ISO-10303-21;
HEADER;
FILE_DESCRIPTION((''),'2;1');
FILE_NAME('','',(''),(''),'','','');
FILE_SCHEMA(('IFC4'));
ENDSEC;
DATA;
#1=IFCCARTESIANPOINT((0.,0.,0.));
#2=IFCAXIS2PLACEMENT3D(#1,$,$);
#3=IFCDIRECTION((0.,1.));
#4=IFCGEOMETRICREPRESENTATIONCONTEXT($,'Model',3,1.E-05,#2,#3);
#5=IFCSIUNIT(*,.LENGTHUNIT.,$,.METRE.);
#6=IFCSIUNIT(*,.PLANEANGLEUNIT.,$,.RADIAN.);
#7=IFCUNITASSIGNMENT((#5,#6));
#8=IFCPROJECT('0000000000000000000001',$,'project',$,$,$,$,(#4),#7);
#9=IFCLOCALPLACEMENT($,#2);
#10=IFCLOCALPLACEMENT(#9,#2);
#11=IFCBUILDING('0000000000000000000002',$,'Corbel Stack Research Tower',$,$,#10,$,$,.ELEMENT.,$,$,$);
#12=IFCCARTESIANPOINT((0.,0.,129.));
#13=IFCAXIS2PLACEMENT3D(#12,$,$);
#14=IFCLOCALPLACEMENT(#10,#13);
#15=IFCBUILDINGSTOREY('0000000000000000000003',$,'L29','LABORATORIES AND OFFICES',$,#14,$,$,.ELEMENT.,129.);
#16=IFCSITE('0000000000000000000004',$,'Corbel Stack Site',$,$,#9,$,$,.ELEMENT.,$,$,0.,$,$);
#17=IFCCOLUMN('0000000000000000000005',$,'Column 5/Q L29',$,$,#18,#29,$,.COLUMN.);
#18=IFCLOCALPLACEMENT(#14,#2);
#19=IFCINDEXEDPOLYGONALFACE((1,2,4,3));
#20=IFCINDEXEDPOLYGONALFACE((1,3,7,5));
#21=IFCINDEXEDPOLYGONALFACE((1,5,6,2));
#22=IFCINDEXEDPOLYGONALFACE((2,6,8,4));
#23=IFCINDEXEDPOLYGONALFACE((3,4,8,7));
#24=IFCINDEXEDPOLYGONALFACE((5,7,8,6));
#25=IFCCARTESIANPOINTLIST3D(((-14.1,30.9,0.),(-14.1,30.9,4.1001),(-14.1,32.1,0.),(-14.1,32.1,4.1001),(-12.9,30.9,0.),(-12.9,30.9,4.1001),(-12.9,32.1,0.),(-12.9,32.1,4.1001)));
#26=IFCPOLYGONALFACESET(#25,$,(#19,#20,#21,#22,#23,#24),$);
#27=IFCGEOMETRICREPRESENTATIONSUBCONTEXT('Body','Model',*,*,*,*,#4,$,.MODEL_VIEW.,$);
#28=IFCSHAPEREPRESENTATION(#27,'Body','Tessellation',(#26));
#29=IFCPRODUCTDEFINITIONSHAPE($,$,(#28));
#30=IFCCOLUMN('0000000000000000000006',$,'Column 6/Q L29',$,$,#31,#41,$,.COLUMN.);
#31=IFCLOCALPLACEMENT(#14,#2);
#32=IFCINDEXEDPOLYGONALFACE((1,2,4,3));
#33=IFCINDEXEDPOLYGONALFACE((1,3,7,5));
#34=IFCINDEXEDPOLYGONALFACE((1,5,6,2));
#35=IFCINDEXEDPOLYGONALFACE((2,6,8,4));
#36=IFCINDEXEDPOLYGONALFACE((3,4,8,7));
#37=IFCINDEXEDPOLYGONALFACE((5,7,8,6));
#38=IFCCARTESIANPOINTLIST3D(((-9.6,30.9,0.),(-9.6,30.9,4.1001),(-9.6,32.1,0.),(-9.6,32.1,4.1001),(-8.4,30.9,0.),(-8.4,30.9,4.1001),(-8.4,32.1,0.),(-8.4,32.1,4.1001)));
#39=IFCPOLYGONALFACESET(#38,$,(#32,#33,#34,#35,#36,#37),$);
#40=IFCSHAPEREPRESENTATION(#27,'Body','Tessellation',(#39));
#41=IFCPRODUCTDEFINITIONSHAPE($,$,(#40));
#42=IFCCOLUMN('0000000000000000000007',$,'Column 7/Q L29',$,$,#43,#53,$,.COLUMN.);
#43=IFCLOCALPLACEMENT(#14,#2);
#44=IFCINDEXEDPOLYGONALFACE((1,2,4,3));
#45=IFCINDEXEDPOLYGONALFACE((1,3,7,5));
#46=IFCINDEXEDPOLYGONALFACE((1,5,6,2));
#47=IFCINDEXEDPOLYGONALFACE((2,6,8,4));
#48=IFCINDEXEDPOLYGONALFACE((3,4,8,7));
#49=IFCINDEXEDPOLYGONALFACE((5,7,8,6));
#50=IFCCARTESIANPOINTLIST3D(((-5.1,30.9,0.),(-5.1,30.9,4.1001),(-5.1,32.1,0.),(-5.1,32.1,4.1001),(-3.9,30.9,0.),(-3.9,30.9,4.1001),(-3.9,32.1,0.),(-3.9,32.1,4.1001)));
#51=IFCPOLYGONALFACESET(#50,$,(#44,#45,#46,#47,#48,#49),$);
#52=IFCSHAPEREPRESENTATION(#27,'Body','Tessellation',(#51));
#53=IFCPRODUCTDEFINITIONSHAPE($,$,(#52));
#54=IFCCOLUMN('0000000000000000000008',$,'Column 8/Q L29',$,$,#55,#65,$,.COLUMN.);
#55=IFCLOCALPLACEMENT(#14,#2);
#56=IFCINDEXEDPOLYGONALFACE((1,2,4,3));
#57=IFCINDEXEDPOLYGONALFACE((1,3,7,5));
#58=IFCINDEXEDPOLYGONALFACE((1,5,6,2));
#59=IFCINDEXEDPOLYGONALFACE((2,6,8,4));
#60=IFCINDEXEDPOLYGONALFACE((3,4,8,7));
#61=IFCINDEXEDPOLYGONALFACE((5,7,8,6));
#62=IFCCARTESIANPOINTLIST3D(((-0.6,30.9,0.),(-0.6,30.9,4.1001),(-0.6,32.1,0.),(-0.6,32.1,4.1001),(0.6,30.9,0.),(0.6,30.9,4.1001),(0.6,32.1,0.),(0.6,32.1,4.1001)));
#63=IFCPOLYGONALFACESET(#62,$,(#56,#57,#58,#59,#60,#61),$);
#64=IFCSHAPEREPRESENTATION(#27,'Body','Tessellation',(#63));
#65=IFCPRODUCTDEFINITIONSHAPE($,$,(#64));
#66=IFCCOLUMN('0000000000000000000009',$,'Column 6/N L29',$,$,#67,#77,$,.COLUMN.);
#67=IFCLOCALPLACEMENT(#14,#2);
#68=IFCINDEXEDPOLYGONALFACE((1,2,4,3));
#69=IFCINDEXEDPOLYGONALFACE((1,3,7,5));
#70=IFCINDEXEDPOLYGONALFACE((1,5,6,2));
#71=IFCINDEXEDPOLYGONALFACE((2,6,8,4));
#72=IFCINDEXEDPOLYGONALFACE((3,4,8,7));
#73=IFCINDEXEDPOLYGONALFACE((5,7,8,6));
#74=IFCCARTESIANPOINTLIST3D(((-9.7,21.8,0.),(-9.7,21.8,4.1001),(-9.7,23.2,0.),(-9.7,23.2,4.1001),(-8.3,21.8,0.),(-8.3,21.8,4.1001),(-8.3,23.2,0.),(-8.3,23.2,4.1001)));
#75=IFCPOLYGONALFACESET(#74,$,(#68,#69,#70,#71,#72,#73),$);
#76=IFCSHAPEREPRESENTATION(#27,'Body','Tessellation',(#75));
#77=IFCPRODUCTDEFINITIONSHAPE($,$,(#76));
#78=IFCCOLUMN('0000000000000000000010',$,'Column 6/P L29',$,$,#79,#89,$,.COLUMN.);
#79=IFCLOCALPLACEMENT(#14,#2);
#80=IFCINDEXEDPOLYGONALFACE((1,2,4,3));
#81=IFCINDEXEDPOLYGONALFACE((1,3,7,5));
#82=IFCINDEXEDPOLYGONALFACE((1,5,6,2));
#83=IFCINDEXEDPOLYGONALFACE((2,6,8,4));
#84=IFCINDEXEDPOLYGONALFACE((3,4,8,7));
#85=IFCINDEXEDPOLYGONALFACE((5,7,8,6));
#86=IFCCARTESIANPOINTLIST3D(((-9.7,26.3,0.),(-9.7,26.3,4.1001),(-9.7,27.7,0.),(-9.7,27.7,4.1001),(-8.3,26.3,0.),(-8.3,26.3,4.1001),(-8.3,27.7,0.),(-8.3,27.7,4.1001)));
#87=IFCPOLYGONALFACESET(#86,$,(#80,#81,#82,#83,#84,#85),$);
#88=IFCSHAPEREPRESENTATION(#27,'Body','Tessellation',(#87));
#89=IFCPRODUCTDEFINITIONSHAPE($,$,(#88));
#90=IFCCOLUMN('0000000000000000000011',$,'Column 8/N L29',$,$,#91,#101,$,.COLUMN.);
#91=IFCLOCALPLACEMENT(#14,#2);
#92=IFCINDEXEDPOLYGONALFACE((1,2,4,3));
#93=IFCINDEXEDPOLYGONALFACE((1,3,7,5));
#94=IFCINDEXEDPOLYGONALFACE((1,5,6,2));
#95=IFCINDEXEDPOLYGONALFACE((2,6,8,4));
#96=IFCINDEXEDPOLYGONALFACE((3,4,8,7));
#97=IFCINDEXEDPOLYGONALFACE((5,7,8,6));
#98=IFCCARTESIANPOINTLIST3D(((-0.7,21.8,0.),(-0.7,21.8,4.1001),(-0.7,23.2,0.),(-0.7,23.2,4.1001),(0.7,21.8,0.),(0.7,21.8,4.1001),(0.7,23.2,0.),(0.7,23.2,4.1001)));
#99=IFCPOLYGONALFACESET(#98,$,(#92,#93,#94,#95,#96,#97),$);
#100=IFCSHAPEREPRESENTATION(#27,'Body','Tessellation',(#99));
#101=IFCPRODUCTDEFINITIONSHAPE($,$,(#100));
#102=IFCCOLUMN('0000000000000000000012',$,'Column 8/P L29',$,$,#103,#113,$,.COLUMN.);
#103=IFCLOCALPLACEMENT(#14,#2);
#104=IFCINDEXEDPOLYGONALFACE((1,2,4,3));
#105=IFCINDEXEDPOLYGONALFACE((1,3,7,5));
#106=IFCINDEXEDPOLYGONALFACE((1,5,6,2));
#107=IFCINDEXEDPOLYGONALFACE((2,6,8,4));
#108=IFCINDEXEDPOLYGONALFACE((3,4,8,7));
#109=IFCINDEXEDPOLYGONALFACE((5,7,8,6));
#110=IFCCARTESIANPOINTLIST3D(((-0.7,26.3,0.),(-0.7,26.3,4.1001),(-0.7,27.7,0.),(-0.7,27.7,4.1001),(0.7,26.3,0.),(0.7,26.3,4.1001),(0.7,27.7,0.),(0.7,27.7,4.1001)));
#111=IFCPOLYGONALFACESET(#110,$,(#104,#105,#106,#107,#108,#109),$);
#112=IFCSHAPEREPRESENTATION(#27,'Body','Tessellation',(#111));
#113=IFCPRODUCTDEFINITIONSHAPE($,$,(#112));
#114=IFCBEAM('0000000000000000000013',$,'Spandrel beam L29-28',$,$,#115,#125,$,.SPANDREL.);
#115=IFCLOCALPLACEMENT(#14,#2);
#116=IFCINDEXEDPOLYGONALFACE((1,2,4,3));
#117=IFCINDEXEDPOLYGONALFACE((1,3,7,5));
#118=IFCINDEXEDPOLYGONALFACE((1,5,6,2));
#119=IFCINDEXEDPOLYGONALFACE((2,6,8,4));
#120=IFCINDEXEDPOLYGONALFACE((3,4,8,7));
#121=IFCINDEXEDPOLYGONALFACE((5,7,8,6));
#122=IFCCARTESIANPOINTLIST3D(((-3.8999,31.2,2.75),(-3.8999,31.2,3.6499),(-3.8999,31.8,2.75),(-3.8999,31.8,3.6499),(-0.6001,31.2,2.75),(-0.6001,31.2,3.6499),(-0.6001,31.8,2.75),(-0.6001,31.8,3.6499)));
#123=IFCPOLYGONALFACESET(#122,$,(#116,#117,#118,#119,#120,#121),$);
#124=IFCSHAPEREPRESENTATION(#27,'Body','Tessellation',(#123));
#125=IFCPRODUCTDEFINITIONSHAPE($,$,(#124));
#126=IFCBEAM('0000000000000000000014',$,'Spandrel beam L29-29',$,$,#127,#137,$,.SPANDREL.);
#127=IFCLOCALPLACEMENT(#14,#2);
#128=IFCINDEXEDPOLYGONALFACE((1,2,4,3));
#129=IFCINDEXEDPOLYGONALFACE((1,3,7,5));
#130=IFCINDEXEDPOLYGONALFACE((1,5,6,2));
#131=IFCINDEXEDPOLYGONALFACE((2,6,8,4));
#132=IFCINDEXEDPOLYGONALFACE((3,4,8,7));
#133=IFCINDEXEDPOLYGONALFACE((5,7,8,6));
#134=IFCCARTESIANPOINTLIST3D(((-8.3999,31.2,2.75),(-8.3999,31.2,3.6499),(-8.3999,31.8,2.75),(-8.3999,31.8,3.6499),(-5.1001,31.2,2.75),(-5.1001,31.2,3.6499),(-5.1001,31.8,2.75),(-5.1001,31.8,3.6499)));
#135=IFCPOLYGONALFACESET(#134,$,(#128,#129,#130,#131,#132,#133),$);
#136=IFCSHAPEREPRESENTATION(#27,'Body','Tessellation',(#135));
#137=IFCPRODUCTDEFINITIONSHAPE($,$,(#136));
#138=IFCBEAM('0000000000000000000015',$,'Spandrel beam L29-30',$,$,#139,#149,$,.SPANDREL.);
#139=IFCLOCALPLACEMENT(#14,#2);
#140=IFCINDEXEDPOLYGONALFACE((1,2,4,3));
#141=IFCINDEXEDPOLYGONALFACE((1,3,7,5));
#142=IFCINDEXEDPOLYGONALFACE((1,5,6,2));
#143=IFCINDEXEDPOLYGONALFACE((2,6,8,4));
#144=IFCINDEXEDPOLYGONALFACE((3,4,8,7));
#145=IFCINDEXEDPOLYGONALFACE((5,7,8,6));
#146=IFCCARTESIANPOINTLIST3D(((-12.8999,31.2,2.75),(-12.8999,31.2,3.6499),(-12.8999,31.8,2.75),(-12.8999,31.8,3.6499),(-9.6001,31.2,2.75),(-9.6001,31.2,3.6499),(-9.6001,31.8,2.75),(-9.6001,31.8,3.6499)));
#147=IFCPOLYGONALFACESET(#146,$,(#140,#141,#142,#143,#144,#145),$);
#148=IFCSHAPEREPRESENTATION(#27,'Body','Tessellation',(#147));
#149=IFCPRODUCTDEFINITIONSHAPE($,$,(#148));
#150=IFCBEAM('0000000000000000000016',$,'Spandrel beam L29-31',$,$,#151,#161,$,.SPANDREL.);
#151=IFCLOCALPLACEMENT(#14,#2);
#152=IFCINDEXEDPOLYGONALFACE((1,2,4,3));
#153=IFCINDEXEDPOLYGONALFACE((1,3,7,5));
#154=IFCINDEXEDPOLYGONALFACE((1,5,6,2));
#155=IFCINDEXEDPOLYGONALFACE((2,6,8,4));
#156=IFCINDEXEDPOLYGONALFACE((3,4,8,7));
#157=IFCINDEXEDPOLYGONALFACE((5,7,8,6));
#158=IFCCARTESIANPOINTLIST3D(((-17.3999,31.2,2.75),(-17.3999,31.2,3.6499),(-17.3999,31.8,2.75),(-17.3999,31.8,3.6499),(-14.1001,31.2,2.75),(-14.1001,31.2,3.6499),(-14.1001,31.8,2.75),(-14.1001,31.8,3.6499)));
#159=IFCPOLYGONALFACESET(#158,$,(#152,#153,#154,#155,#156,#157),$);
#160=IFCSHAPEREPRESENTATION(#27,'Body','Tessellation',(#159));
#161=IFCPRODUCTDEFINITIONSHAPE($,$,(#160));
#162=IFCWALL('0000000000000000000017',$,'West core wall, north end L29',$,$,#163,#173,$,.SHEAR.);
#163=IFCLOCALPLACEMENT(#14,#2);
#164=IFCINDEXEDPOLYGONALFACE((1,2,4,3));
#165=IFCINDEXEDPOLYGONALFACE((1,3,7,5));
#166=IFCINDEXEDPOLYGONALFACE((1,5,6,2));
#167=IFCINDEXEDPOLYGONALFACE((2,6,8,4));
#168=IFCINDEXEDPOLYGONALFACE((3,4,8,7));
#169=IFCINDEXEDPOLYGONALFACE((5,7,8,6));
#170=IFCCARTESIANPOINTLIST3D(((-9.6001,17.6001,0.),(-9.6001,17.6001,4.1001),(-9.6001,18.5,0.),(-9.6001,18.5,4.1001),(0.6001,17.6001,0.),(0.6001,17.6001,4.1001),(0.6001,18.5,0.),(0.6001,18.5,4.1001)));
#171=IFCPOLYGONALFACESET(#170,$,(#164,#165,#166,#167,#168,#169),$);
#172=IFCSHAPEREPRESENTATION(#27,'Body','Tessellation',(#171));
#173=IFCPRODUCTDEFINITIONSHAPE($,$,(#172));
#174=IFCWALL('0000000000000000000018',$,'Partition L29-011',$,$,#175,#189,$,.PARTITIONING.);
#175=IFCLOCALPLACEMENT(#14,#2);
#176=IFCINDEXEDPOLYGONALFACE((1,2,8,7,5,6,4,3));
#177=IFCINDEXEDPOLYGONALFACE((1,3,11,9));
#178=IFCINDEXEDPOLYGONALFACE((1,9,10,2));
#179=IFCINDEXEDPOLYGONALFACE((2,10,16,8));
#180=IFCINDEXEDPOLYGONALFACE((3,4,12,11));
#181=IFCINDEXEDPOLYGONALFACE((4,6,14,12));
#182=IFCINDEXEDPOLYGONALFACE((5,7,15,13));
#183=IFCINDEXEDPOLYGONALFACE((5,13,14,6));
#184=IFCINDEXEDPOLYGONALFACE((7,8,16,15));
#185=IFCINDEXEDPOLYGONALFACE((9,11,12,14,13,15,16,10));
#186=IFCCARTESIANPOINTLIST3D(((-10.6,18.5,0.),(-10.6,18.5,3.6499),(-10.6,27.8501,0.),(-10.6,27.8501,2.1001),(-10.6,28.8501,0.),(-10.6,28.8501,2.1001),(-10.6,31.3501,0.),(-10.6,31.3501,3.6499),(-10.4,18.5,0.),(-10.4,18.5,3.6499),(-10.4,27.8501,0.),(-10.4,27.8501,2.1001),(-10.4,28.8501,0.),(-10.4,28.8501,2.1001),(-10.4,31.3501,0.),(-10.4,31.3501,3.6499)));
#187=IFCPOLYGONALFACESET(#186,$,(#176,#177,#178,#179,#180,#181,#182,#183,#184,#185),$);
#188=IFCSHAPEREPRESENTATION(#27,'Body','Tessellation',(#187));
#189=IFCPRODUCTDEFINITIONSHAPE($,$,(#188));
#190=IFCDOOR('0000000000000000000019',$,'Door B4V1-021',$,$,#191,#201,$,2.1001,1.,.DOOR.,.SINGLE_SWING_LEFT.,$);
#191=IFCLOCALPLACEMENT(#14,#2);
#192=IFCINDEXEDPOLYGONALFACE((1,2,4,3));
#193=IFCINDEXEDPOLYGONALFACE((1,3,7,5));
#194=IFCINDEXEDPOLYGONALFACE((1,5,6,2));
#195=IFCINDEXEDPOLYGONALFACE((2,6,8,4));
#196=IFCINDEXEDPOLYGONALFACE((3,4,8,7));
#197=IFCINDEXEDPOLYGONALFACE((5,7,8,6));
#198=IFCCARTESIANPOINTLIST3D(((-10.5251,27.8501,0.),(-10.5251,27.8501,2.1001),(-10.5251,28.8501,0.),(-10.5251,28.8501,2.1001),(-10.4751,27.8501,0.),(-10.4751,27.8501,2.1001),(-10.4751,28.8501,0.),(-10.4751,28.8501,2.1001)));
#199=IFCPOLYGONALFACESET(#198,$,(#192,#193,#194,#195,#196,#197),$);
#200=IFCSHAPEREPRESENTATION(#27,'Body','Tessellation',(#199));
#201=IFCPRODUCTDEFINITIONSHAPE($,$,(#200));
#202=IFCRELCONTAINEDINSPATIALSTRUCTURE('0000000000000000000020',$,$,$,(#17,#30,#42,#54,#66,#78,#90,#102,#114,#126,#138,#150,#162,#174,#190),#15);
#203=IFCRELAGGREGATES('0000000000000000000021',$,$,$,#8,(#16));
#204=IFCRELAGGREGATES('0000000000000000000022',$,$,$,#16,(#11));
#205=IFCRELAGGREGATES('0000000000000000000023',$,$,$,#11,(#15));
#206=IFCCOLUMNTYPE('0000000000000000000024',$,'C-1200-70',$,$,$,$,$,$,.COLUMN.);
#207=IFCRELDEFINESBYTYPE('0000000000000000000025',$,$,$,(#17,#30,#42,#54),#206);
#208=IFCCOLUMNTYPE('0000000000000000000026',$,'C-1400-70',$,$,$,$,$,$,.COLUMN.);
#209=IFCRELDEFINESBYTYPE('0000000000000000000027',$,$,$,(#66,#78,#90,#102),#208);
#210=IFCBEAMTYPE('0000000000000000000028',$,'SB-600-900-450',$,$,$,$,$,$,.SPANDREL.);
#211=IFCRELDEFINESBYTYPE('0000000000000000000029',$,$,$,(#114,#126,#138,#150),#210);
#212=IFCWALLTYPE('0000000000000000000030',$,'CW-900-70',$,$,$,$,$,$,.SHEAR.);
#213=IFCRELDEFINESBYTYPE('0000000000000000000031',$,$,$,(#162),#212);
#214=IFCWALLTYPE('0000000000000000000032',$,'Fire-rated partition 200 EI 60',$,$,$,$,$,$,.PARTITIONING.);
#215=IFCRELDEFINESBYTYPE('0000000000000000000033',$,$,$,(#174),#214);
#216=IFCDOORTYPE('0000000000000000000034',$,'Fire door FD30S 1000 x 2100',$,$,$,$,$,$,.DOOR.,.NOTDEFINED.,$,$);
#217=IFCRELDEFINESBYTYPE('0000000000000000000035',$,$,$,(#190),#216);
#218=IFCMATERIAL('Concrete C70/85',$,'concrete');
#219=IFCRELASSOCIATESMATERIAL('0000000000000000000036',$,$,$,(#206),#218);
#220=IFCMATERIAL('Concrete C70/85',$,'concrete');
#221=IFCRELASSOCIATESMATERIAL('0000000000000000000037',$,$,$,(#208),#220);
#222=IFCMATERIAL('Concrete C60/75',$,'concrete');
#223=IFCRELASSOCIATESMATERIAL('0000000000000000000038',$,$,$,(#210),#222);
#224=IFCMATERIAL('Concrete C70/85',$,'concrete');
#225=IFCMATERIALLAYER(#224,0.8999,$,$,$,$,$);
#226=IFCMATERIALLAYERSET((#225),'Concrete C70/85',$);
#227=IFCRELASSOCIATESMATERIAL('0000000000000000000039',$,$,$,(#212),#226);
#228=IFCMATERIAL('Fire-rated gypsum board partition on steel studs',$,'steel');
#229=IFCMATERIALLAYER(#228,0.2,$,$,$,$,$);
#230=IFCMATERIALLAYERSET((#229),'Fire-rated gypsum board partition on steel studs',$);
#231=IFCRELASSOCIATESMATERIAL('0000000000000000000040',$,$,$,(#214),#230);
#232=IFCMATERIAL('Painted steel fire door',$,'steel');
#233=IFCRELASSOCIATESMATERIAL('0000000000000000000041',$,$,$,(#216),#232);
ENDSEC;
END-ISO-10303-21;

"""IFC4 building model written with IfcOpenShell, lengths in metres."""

from ifc_helpers import new_model, si_unit, direction, frame, frame_2d, origin, origin_2d, place, context, subcontext, project, spatial, rectangle, extrude, material, layer, layer_set, material_profile, profile_set, type_object, element, fill, save


model = new_model("IFC4")

# Units and contexts
model_context = context("Model", 3, precision=1e-05, world=origin(), true_north=direction((0.0, 1.0)))
body_context = subcontext(model_context, "Body", "Model", "MODEL_VIEW")
ifc_project = project(units=[si_unit("LENGTHUNIT", "METRE"), si_unit("PLANEANGLEUNIT", "RADIAN")], contexts=[model_context])

# Site, building, storey
site_placement = place(None, origin())
site = spatial("IfcSite", under=ifc_project, at=site_placement, Name="Corbel Stack Site", CompositionType="ELEMENT", RefElevation=0.0)
building_placement = place(site_placement, origin())
building = spatial("IfcBuilding", under=site, at=building_placement, Name="Corbel Stack Research Tower", CompositionType="ELEMENT")
storey_placement = place(building_placement, frame((0.0, 0.0, 129.0)))
storey = spatial("IfcBuildingStorey", under=building, at=storey_placement, Name="L29", Description="LABORATORIES AND OFFICES", CompositionType="ELEMENT", Elevation=129.0)

# Columns
ifc_material_1 = material(Name="Concrete C70/85", Category="concrete")
ifc_material_profile_1 = material_profile(ifc_material_1, rectangle(XDim=1.2, YDim=1.2, at=origin_2d()), Name="RC 1200 x 1200")
ifc_profile_set_1 = profile_set([ifc_material_profile_1], Name="Concrete C70/85")
column_type_1 = type_object("IfcColumnType", Name="C-1200-70", PredefinedType="COLUMN", material=ifc_profile_set_1)
for number, where, z_axis, x_axis, name in (
    (1, (-13.5, 31.5, 0.0), (0.0, 0.0, 1.0), (1.0, 0.0, 0.0), "Column 5/Q L29"),
    (2, (-9.0, 31.5, 0.0), (0.0, 0.0, 1.0), (1.0, 0.0, 0.0), "Column 6/Q L29"),
    (3, (-4.5, 31.5, 0.0), (0.0, 0.0, 1.0), (1.0, 0.0, 0.0), "Column 7/Q L29"),
    (4, (0.0, 31.5, 0.0), (0.0, 0.0, 1.0), (1.0, 0.0, 0.0), "Column 8/Q L29"),
):
    element("IfcColumn", number, at=place(storey_placement, frame(where, z_axis=z_axis, x_axis=x_axis)), inside=storey, type_object=column_type_1, Name=name, PredefinedType="COLUMN", context=body_context, shape_type="SweptSolid", body=[
        extrude(rectangle(XDim=1.2, YDim=1.2, at=origin_2d()), origin(), (0.0, 0.0, 1.0), 4.1001),
    ])
ifc_material_2 = material(Name="Concrete C70/85", Category="concrete")
ifc_material_profile_2 = material_profile(ifc_material_2, rectangle(XDim=1.3999, YDim=1.3999, at=origin_2d()), Name="RC 1400 x 1400")
ifc_profile_set_2 = profile_set([ifc_material_profile_2], Name="Concrete C70/85")
column_type_2 = type_object("IfcColumnType", Name="C-1400-70", PredefinedType="COLUMN", material=ifc_profile_set_2)
for number, where, z_axis, x_axis, name in (
    (5, (-9.0, 22.5, 0.0), (0.0, 0.0, 1.0), (1.0, 0.0, 0.0), "Column 6/N L29"),
    (6, (-9.0, 27.0, 0.0), (0.0, 0.0, 1.0), (1.0, 0.0, 0.0), "Column 6/P L29"),
    (7, (0.0, 22.5, 0.0), (0.0, 0.0, 1.0), (1.0, 0.0, 0.0), "Column 8/N L29"),
    (8, (0.0, 27.0, 0.0), (0.0, 0.0, 1.0), (1.0, 0.0, 0.0), "Column 8/P L29"),
):
    element("IfcColumn", number, at=place(storey_placement, frame(where, z_axis=z_axis, x_axis=x_axis)), inside=storey, type_object=column_type_2, Name=name, PredefinedType="COLUMN", context=body_context, shape_type="SweptSolid", body=[
        extrude(rectangle(XDim=1.3999, YDim=1.3999, at=origin_2d()), origin(), (0.0, 0.0, 1.0), 4.1001),
    ])

# Beams
ifc_material_3 = material(Name="Concrete C60/75", Category="concrete")
ifc_material_profile_3 = material_profile(ifc_material_3, rectangle(XDim=0.6001, YDim=0.8999, at=origin_2d()), Name="RC 600 x 900")
ifc_profile_set_3 = profile_set([ifc_material_profile_3], Name="Concrete C60/75")
beam_type = type_object("IfcBeamType", Name="SB-600-900-450", PredefinedType="SPANDREL", material=ifc_profile_set_3)
for number, where, z_axis, x_axis, name in (
    (9, (-0.6001, 31.5, 3.2), (-1.0, 0.0, 0.0), (0.0, -1.0, 0.0), "Spandrel beam L29-28"),
    (10, (-5.1001, 31.5, 3.2), (-1.0, 0.0, 0.0), (0.0, -1.0, 0.0), "Spandrel beam L29-29"),
    (11, (-9.6001, 31.5, 3.2), (-1.0, 0.0, 0.0), (0.0, -1.0, 0.0), "Spandrel beam L29-30"),
    (12, (-14.1001, 31.5, 3.2), (-1.0, 0.0, 0.0), (0.0, -1.0, 0.0), "Spandrel beam L29-31"),
):
    element("IfcBeam", number, at=place(storey_placement, frame(where, z_axis=z_axis, x_axis=x_axis)), inside=storey, type_object=beam_type, Name=name, PredefinedType="SPANDREL", context=body_context, shape_type="SweptSolid", body=[
        extrude(rectangle(XDim=0.6001, YDim=0.8999, at=origin_2d()), origin(), (0.0, 0.0, 1.0), 3.2998),
    ])

# Wall
ifc_material_4 = material(Name="Concrete C70/85", Category="concrete")
ifc_layer_1 = layer(ifc_material_4, 0.8999)
ifc_layer_set_1 = layer_set([ifc_layer_1], Name="Concrete C70/85")
wall_type_1 = type_object("IfcWallType", Name="CW-900-70", PredefinedType="SHEAR", material=ifc_layer_set_1)
wall_1_placement = place(storey_placement, frame((-9.6001, 18.05, 0.0), z_axis=(0.0, 0.0, 1.0), x_axis=(1.0, 0.0, 0.0)))
element("IfcWall", 13, at=wall_1_placement, inside=storey, type_object=wall_type_1, Name="West core wall, north end L29", PredefinedType="SHEAR", context=body_context, shape_type="SweptSolid", body=[
    extrude(rectangle(XDim=10.2002, YDim=0.8999, at=frame_2d((5.1001, 0.0))), origin(), (0.0, 0.0, 1.0), 4.1001),
])

# Wall, opening, door
ifc_material_5 = material(Name="Fire-rated gypsum board partition on steel studs", Category="steel")
ifc_layer_2 = layer(ifc_material_5, 0.2)
ifc_layer_set_2 = layer_set([ifc_layer_2], Name="Fire-rated gypsum board partition on steel studs")
wall_type_2 = type_object("IfcWallType", Name="Fire-rated partition 200 EI 60", PredefinedType="PARTITIONING", material=ifc_layer_set_2)
wall_2_placement = place(storey_placement, frame((-10.5, 31.3501, 0.0), z_axis=(0.0, 0.0, 1.0), x_axis=(0.0, -1.0, 0.0)))
wall_2 = element("IfcWall", 14, at=wall_2_placement, inside=storey, type_object=wall_type_2, Name="Partition L29-011", PredefinedType="PARTITIONING", context=body_context, shape_type="SweptSolid", body=[
    extrude(rectangle(XDim=12.8501, YDim=0.2, at=frame_2d((6.425, 0.0))), origin(), (0.0, 0.0, 1.0), 3.6499),
])
opening_1_placement = place(wall_2_placement, frame((2.5, 0.0, 0.0)))
opening_1 = element("IfcOpeningElement", 15, at=opening_1_placement, cuts=wall_2, PredefinedType="OPENING", context=body_context, shape_type="SweptSolid", body=[
    extrude(rectangle(XDim=1.0, YDim=2.1001, at=frame_2d((0.5, 1.05))), frame((0.0, 0.1099, 0.0), z_axis=(0.0, -1.0, 0.0), x_axis=(1.0, 0.0, 0.0)), (0.0, 0.0, 1.0), 0.22),
])
ifc_material_6 = material(Name="Painted steel fire door", Category="steel")
door_type_1 = type_object("IfcDoorType", Name="Fire door FD30S 1000 x 2100", OperationType="NOTDEFINED", PredefinedType="DOOR", material=ifc_material_6)
door_1_placement = place(opening_1_placement, origin())
door_1 = element("IfcDoor", 16, at=door_1_placement, inside=storey, type_object=door_type_1, Name="Door B4V1-021", OperationType="SINGLE_SWING_LEFT", OverallHeight=2.1001, OverallWidth=1.0, PredefinedType="DOOR", context=body_context, shape_type="SweptSolid", body=[
    extrude(rectangle(XDim=1.0, YDim=2.1001, at=frame_2d((0.5, 1.05))), frame((0.0, 0.0249, 0.0), z_axis=(0.0, -1.0, 0.0), x_axis=(1.0, 0.0, 0.0)), (0.0, 0.0, 1.0), 0.05),
])
fill(opening_1, door_1)

save(model, "model.ifc")
